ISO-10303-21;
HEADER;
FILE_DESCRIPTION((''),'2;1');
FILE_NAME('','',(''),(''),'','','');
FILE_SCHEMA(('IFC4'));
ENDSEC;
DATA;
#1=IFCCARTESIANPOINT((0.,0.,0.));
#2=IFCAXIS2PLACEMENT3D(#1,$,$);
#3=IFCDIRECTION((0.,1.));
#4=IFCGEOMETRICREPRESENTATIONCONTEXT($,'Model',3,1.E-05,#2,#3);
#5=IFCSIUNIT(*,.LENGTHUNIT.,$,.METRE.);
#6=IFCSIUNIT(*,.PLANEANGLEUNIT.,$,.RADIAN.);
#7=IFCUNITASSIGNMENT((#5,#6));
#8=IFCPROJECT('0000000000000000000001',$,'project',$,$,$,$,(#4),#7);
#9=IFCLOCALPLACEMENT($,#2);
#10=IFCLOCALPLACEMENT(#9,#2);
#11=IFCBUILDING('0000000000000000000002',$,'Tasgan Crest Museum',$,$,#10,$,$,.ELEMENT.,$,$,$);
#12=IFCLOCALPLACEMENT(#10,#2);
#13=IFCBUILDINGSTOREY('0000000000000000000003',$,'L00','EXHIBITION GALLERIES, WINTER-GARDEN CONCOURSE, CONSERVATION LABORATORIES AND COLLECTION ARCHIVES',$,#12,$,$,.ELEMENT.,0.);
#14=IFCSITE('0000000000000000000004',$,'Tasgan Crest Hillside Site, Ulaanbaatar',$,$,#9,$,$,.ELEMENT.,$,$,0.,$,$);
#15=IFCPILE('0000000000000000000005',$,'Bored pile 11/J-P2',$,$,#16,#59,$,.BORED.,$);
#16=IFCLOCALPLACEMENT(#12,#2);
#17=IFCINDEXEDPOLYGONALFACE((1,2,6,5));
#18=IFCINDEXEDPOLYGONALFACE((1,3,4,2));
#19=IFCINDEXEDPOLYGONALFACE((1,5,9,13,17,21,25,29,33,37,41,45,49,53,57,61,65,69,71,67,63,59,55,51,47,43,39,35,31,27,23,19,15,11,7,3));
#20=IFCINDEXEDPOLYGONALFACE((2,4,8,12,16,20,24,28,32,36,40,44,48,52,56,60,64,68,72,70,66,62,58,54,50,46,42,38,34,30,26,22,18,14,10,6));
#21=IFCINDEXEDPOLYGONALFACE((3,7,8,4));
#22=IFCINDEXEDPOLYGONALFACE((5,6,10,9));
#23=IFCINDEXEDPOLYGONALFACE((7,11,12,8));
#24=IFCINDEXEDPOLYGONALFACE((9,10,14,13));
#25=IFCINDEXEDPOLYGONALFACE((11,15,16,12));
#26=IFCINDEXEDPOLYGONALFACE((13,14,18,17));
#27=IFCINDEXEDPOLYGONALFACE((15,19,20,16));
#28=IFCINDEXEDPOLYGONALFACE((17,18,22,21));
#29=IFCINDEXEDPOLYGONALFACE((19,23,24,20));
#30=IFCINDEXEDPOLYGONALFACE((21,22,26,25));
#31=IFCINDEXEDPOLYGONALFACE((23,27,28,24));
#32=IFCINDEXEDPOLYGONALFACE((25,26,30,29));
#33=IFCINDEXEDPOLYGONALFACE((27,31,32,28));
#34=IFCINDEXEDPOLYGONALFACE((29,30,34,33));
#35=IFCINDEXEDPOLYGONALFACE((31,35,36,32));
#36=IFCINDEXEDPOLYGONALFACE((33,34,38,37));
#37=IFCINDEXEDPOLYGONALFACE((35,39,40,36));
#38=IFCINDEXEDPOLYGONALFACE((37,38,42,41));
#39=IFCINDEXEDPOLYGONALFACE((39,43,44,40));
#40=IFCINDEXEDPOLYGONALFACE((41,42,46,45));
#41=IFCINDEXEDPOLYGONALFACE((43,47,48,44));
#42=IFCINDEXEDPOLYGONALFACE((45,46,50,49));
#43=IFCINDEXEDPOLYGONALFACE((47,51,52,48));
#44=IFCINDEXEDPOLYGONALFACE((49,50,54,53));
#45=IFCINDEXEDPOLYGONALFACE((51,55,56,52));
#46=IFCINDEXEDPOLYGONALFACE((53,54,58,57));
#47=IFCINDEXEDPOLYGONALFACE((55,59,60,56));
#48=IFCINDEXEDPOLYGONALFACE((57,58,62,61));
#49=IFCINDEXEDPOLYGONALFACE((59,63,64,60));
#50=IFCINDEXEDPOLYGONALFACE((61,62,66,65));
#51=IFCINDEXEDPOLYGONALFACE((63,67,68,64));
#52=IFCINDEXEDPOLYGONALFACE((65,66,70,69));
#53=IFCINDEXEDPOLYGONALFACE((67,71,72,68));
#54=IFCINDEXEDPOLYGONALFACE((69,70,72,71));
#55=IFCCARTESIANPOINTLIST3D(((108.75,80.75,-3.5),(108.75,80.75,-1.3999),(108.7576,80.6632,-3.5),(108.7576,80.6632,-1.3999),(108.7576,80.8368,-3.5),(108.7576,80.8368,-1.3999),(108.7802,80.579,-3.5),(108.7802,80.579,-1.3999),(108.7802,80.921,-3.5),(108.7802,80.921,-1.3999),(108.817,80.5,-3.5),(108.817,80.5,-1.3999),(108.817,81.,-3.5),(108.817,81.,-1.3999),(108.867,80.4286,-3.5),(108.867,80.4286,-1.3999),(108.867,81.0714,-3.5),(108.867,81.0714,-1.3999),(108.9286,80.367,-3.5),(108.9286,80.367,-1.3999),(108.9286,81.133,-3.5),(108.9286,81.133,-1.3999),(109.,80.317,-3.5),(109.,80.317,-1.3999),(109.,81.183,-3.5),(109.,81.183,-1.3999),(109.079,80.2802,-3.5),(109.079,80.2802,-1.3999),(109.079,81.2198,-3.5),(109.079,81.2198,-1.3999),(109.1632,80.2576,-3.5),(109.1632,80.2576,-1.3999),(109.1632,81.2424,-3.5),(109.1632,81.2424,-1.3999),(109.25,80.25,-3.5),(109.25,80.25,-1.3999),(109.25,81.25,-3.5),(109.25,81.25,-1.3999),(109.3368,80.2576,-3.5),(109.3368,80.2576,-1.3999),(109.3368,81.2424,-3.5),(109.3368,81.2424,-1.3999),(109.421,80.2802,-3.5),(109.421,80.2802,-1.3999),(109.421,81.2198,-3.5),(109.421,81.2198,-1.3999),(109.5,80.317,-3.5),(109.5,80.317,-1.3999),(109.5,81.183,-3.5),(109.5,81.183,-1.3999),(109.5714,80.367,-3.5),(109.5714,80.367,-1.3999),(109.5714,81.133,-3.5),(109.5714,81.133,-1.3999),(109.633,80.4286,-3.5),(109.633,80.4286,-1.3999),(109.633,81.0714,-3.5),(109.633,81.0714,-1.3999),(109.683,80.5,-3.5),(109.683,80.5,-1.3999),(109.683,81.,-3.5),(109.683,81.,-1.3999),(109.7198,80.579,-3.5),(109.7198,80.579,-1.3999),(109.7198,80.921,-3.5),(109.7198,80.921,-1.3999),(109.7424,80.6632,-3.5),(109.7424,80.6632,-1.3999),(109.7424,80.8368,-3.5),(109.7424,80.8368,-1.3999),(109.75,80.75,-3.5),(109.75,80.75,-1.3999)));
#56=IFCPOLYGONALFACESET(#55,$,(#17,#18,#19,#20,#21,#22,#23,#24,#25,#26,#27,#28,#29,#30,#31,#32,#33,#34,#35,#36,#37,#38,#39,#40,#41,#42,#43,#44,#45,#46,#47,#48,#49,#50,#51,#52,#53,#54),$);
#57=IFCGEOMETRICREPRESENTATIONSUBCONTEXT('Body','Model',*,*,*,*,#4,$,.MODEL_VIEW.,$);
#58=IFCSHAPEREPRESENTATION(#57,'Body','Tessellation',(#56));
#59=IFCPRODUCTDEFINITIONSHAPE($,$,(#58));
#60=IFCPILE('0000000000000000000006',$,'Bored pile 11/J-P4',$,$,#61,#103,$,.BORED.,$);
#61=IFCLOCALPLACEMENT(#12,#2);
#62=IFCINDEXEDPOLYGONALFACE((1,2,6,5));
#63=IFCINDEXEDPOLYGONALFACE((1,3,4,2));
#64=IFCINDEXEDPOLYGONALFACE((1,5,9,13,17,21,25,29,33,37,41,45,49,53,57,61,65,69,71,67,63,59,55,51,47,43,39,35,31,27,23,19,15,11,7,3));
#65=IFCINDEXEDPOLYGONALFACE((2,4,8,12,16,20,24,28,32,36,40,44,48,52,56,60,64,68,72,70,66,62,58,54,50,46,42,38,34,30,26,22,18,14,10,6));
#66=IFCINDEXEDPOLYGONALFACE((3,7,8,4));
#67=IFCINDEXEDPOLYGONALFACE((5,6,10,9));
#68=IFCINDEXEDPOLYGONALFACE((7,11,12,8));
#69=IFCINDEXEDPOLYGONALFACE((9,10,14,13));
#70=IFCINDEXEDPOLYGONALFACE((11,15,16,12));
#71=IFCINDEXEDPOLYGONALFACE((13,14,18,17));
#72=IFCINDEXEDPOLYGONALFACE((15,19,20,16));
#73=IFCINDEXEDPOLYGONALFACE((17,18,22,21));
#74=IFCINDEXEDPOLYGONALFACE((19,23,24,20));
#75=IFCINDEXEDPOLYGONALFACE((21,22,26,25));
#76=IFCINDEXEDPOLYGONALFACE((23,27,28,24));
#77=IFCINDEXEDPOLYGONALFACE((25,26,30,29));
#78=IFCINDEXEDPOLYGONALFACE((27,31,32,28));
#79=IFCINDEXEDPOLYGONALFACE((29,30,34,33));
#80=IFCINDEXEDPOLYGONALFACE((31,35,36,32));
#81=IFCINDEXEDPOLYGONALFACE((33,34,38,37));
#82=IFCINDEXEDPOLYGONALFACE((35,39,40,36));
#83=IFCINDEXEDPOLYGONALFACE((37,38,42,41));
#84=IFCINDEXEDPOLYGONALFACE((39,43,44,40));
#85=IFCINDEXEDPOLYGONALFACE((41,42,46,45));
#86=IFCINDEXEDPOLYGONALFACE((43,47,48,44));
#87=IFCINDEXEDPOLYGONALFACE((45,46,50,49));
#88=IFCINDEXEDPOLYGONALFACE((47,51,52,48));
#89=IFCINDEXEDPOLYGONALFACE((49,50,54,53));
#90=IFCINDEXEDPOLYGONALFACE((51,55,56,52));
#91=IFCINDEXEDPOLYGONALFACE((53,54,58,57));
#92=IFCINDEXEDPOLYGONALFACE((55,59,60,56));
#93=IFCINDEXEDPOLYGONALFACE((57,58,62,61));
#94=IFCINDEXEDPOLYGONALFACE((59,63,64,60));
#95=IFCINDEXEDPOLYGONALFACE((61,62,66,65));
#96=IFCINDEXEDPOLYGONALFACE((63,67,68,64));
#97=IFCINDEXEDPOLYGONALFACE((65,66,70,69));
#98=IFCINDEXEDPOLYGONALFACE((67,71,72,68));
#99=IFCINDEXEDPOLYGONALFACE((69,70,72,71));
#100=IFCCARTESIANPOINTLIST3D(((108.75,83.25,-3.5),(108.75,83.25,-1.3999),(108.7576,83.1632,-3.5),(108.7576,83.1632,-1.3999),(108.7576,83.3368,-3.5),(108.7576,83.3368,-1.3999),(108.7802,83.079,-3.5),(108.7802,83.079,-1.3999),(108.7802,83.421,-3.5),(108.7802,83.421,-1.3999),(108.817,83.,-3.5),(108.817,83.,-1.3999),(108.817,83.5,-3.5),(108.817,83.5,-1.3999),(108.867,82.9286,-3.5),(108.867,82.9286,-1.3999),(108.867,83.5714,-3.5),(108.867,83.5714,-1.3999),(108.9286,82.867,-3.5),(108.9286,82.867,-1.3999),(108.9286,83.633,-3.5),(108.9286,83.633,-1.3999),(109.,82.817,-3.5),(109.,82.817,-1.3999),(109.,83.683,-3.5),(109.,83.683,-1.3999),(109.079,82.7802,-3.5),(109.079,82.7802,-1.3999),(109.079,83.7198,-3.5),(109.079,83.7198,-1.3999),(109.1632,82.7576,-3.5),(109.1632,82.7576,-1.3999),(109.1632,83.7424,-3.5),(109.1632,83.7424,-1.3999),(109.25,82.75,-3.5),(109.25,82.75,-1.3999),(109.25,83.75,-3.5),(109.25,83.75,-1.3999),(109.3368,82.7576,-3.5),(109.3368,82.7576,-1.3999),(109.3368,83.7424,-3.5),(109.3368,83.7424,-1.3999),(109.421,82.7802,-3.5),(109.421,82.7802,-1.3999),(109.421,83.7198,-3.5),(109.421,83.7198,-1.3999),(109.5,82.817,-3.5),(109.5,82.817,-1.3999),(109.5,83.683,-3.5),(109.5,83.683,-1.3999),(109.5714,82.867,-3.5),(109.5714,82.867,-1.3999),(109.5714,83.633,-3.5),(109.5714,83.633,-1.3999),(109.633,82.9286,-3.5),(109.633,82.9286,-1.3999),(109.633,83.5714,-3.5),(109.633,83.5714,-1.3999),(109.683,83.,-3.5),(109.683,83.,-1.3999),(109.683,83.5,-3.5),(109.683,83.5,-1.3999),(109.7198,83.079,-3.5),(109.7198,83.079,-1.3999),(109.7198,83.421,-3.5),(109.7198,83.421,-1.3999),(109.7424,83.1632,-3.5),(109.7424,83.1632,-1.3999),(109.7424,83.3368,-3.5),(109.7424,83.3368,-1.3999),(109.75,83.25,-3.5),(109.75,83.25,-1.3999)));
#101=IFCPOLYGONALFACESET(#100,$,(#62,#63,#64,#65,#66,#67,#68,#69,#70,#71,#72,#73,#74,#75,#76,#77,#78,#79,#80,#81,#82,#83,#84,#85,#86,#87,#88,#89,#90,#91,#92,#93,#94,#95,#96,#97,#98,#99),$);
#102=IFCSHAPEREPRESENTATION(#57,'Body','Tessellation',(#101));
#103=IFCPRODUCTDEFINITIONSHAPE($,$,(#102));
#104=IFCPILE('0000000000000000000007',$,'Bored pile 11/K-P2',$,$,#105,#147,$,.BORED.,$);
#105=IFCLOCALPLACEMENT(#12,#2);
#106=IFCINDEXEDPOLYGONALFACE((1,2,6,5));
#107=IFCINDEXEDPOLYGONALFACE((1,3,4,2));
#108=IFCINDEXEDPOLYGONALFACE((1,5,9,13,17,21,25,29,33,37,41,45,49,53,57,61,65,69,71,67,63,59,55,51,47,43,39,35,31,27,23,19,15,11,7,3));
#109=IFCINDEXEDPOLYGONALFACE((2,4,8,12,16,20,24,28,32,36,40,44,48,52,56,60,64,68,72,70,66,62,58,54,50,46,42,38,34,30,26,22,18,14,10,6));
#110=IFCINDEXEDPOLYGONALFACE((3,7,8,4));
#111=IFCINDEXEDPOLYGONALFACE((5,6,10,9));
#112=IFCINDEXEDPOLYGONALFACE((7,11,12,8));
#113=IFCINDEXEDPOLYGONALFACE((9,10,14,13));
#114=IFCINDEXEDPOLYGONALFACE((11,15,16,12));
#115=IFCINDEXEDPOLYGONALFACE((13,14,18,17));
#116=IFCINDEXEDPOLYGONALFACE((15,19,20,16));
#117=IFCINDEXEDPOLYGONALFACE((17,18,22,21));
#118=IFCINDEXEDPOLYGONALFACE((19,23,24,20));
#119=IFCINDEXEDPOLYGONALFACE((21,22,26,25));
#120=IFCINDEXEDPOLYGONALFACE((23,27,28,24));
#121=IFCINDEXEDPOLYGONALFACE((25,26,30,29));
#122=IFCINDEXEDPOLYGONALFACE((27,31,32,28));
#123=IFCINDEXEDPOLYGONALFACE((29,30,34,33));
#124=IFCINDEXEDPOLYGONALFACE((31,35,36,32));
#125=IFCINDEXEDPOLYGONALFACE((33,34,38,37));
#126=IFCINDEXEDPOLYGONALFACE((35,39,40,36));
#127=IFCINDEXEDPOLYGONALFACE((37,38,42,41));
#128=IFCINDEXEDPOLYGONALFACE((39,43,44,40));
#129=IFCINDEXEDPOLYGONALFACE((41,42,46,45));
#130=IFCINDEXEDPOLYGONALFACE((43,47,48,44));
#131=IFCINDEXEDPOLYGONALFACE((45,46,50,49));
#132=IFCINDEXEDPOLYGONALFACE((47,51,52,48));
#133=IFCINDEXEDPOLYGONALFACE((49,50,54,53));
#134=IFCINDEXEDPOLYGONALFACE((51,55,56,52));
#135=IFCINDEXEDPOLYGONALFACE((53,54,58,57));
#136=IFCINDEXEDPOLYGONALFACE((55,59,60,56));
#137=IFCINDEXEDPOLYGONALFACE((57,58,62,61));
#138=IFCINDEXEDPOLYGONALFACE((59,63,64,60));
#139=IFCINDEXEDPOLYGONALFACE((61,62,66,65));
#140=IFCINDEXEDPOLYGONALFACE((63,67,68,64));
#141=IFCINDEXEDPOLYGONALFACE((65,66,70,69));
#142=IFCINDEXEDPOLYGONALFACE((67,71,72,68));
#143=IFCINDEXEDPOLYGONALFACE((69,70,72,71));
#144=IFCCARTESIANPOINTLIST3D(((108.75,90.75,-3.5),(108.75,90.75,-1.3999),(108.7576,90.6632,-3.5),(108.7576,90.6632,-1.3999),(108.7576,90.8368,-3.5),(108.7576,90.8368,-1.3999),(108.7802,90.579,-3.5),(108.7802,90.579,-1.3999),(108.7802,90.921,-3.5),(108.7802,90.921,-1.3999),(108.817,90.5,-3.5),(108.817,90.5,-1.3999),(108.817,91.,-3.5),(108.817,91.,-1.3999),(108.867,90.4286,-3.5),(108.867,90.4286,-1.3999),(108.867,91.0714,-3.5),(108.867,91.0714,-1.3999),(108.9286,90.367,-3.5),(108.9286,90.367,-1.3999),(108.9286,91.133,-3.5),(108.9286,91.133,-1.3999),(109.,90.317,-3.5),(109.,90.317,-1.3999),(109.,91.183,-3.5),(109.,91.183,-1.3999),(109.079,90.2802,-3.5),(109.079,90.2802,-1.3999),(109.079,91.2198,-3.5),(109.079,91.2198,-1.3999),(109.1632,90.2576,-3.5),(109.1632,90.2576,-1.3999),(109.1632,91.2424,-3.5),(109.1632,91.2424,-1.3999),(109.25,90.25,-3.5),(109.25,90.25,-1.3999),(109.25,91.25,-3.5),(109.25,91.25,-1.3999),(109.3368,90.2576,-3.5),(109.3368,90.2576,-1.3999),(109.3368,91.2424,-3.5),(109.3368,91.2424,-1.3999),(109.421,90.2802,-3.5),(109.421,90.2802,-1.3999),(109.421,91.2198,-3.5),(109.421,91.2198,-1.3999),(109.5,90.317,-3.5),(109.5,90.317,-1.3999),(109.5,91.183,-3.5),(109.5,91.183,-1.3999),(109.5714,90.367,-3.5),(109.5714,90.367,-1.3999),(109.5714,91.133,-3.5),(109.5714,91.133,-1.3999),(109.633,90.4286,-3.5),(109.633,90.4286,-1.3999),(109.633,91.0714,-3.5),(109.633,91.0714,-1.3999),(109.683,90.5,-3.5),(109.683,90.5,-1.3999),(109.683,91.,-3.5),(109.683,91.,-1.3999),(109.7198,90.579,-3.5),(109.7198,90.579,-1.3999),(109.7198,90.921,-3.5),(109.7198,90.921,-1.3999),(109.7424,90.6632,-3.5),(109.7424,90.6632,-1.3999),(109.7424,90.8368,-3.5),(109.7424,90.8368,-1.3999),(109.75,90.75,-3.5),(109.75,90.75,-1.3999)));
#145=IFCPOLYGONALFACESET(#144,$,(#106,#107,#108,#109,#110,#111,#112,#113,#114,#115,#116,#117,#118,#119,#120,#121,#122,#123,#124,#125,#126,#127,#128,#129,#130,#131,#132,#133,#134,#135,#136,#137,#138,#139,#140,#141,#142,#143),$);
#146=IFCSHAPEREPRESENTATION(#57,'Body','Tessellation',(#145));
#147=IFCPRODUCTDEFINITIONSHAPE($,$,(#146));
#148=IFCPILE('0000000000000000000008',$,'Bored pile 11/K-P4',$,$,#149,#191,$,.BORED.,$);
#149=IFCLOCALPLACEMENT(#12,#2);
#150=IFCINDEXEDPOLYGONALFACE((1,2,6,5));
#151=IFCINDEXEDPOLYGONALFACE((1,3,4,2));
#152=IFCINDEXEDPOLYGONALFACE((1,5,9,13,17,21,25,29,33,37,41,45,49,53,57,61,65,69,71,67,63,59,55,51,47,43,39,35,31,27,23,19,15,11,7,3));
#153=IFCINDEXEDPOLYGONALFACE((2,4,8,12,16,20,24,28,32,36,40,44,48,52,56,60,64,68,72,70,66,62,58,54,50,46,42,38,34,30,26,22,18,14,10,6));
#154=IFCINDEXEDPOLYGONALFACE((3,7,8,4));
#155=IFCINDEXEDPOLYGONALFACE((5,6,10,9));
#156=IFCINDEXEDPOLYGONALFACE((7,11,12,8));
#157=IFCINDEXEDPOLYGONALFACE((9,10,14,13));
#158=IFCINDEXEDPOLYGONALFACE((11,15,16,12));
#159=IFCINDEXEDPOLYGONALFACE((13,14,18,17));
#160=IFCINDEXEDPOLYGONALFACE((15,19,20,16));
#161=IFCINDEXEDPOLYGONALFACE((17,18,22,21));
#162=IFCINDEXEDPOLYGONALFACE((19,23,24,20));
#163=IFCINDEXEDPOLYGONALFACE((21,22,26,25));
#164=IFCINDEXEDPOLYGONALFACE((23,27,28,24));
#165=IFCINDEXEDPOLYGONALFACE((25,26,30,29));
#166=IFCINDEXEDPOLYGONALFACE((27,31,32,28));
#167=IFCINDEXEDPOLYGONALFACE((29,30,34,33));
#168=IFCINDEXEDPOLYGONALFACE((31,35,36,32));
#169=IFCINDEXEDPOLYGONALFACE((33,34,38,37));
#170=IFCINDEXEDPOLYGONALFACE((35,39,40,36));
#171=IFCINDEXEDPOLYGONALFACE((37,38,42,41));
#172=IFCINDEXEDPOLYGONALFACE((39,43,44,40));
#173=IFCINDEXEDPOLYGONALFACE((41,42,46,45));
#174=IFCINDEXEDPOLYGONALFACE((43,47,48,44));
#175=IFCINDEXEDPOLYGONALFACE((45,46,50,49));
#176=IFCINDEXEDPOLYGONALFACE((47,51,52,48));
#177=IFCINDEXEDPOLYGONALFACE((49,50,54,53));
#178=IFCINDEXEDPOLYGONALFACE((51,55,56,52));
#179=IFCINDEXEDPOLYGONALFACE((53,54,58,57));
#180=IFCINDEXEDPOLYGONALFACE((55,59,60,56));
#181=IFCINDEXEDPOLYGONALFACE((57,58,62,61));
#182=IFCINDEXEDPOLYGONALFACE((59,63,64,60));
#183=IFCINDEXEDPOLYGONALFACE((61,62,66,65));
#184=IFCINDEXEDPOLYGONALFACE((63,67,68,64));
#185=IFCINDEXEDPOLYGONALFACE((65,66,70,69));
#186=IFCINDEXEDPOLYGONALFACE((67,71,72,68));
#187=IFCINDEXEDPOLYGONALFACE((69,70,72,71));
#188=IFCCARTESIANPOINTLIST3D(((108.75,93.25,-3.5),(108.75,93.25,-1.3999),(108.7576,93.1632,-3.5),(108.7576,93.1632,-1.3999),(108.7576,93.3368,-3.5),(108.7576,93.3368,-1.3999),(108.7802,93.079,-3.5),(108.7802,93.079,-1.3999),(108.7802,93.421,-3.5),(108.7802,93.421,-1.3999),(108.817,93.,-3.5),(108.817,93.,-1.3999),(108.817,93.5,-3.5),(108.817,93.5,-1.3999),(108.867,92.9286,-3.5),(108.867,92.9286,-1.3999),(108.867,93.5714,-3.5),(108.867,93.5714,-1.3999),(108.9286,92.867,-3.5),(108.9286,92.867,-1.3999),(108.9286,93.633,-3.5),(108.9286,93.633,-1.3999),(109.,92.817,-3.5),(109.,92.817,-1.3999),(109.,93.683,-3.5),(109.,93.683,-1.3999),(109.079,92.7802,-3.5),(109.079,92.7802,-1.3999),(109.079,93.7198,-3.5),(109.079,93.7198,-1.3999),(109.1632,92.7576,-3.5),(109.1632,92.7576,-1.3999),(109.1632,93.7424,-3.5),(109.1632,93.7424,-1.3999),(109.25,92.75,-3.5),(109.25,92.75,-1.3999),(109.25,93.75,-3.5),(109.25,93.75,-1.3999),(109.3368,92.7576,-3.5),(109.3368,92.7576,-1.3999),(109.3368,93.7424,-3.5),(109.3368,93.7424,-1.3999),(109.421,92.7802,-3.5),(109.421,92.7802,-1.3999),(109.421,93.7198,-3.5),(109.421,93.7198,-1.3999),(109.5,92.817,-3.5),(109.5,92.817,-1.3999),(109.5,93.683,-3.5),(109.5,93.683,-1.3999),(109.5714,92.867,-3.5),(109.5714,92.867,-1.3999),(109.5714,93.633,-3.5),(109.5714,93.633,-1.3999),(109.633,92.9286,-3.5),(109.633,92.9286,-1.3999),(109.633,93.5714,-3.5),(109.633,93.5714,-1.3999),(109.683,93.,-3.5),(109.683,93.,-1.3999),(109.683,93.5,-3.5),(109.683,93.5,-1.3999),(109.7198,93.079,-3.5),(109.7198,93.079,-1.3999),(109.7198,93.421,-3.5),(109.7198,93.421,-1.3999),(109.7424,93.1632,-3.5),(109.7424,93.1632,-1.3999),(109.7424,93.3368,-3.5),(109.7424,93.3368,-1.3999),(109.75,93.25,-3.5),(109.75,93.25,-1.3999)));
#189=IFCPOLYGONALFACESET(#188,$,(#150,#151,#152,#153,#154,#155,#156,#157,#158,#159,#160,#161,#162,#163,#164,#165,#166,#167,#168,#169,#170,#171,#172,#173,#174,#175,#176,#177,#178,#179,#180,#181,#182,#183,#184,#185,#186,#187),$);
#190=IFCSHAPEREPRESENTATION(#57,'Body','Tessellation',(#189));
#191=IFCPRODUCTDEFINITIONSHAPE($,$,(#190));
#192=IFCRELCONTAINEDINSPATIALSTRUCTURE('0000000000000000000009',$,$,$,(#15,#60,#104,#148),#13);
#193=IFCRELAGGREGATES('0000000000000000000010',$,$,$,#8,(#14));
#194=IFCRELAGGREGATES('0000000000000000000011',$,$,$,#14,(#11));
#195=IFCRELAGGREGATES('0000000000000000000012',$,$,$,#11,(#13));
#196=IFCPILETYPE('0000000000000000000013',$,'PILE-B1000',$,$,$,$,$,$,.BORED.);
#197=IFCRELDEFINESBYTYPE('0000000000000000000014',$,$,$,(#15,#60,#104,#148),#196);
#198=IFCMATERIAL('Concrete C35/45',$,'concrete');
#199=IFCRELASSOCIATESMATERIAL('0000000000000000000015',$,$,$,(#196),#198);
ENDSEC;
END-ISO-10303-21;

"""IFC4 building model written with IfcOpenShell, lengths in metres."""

from ifc_helpers import new_model, si_unit, direction, frame, origin, origin_2d, place, context, subcontext, project, spatial, circle, extrude, material, material_profile, profile_set, type_object, element, save


model = new_model("IFC4")

# Units and contexts
model_context = context("Model", 3, precision=1e-05, world=origin(), true_north=direction((0.0, 1.0)))
body_context = subcontext(model_context, "Body", "Model", "MODEL_VIEW")
ifc_project = project(units=[si_unit("LENGTHUNIT", "METRE"), si_unit("PLANEANGLEUNIT", "RADIAN")], contexts=[model_context])

# Site, building, storey
site_placement = place(None, origin())
site = spatial("IfcSite", under=ifc_project, at=site_placement, Name="Tasgan Crest Hillside Site, Ulaanbaatar", CompositionType="ELEMENT", RefElevation=0.0)
building_placement = place(site_placement, origin())
building = spatial("IfcBuilding", under=site, at=building_placement, Name="Tasgan Crest Museum", CompositionType="ELEMENT")
storey_placement = place(building_placement, origin())
storey = spatial("IfcBuildingStorey", under=building, at=storey_placement, Name="L00", Description="EXHIBITION GALLERIES, WINTER-GARDEN CONCOURSE, CONSERVATION LABORATORIES AND COLLECTION ARCHIVES", CompositionType="ELEMENT", Elevation=0.0)

# Piles
ifc_material_1 = material(Name="Concrete C35/45", Category="concrete")
ifc_material_profile_1 = material_profile(ifc_material_1, circle(Radius=0.5, at=origin_2d()), Name="PILE D1000")
ifc_profile_set_1 = profile_set([ifc_material_profile_1], Name="Concrete C35/45")
pile_type_1 = type_object("IfcPileType", Name="PILE-B1000", PredefinedType="BORED", material=ifc_profile_set_1)
for number, where, z_axis, x_axis, name in (
    (1, (109.25, 80.75, -1.3999), (0.0, 0.0, -1.0), (1.0, 0.0, 0.0), "Bored pile 11/J-P2"),
    (2, (109.25, 83.25, -1.3999), (0.0, 0.0, -1.0), (1.0, 0.0, 0.0), "Bored pile 11/J-P4"),
    (3, (109.25, 90.75, -1.3999), (0.0, 0.0, -1.0), (1.0, 0.0, 0.0), "Bored pile 11/K-P2"),
    (4, (109.25, 93.25, -1.3999), (0.0, 0.0, -1.0), (1.0, 0.0, 0.0), "Bored pile 11/K-P4"),
):
    element("IfcPile", number, at=place(storey_placement, frame(where, z_axis=z_axis, x_axis=x_axis)), inside=storey, type_object=pile_type_1, Name=name, PredefinedType="BORED", context=body_context, shape_type="SweptSolid", body=[
        extrude(circle(Radius=0.5, at=origin_2d()), origin(), (0.0, 0.0, 1.0), 2.1001),
    ])

save(model, "model.ifc")
